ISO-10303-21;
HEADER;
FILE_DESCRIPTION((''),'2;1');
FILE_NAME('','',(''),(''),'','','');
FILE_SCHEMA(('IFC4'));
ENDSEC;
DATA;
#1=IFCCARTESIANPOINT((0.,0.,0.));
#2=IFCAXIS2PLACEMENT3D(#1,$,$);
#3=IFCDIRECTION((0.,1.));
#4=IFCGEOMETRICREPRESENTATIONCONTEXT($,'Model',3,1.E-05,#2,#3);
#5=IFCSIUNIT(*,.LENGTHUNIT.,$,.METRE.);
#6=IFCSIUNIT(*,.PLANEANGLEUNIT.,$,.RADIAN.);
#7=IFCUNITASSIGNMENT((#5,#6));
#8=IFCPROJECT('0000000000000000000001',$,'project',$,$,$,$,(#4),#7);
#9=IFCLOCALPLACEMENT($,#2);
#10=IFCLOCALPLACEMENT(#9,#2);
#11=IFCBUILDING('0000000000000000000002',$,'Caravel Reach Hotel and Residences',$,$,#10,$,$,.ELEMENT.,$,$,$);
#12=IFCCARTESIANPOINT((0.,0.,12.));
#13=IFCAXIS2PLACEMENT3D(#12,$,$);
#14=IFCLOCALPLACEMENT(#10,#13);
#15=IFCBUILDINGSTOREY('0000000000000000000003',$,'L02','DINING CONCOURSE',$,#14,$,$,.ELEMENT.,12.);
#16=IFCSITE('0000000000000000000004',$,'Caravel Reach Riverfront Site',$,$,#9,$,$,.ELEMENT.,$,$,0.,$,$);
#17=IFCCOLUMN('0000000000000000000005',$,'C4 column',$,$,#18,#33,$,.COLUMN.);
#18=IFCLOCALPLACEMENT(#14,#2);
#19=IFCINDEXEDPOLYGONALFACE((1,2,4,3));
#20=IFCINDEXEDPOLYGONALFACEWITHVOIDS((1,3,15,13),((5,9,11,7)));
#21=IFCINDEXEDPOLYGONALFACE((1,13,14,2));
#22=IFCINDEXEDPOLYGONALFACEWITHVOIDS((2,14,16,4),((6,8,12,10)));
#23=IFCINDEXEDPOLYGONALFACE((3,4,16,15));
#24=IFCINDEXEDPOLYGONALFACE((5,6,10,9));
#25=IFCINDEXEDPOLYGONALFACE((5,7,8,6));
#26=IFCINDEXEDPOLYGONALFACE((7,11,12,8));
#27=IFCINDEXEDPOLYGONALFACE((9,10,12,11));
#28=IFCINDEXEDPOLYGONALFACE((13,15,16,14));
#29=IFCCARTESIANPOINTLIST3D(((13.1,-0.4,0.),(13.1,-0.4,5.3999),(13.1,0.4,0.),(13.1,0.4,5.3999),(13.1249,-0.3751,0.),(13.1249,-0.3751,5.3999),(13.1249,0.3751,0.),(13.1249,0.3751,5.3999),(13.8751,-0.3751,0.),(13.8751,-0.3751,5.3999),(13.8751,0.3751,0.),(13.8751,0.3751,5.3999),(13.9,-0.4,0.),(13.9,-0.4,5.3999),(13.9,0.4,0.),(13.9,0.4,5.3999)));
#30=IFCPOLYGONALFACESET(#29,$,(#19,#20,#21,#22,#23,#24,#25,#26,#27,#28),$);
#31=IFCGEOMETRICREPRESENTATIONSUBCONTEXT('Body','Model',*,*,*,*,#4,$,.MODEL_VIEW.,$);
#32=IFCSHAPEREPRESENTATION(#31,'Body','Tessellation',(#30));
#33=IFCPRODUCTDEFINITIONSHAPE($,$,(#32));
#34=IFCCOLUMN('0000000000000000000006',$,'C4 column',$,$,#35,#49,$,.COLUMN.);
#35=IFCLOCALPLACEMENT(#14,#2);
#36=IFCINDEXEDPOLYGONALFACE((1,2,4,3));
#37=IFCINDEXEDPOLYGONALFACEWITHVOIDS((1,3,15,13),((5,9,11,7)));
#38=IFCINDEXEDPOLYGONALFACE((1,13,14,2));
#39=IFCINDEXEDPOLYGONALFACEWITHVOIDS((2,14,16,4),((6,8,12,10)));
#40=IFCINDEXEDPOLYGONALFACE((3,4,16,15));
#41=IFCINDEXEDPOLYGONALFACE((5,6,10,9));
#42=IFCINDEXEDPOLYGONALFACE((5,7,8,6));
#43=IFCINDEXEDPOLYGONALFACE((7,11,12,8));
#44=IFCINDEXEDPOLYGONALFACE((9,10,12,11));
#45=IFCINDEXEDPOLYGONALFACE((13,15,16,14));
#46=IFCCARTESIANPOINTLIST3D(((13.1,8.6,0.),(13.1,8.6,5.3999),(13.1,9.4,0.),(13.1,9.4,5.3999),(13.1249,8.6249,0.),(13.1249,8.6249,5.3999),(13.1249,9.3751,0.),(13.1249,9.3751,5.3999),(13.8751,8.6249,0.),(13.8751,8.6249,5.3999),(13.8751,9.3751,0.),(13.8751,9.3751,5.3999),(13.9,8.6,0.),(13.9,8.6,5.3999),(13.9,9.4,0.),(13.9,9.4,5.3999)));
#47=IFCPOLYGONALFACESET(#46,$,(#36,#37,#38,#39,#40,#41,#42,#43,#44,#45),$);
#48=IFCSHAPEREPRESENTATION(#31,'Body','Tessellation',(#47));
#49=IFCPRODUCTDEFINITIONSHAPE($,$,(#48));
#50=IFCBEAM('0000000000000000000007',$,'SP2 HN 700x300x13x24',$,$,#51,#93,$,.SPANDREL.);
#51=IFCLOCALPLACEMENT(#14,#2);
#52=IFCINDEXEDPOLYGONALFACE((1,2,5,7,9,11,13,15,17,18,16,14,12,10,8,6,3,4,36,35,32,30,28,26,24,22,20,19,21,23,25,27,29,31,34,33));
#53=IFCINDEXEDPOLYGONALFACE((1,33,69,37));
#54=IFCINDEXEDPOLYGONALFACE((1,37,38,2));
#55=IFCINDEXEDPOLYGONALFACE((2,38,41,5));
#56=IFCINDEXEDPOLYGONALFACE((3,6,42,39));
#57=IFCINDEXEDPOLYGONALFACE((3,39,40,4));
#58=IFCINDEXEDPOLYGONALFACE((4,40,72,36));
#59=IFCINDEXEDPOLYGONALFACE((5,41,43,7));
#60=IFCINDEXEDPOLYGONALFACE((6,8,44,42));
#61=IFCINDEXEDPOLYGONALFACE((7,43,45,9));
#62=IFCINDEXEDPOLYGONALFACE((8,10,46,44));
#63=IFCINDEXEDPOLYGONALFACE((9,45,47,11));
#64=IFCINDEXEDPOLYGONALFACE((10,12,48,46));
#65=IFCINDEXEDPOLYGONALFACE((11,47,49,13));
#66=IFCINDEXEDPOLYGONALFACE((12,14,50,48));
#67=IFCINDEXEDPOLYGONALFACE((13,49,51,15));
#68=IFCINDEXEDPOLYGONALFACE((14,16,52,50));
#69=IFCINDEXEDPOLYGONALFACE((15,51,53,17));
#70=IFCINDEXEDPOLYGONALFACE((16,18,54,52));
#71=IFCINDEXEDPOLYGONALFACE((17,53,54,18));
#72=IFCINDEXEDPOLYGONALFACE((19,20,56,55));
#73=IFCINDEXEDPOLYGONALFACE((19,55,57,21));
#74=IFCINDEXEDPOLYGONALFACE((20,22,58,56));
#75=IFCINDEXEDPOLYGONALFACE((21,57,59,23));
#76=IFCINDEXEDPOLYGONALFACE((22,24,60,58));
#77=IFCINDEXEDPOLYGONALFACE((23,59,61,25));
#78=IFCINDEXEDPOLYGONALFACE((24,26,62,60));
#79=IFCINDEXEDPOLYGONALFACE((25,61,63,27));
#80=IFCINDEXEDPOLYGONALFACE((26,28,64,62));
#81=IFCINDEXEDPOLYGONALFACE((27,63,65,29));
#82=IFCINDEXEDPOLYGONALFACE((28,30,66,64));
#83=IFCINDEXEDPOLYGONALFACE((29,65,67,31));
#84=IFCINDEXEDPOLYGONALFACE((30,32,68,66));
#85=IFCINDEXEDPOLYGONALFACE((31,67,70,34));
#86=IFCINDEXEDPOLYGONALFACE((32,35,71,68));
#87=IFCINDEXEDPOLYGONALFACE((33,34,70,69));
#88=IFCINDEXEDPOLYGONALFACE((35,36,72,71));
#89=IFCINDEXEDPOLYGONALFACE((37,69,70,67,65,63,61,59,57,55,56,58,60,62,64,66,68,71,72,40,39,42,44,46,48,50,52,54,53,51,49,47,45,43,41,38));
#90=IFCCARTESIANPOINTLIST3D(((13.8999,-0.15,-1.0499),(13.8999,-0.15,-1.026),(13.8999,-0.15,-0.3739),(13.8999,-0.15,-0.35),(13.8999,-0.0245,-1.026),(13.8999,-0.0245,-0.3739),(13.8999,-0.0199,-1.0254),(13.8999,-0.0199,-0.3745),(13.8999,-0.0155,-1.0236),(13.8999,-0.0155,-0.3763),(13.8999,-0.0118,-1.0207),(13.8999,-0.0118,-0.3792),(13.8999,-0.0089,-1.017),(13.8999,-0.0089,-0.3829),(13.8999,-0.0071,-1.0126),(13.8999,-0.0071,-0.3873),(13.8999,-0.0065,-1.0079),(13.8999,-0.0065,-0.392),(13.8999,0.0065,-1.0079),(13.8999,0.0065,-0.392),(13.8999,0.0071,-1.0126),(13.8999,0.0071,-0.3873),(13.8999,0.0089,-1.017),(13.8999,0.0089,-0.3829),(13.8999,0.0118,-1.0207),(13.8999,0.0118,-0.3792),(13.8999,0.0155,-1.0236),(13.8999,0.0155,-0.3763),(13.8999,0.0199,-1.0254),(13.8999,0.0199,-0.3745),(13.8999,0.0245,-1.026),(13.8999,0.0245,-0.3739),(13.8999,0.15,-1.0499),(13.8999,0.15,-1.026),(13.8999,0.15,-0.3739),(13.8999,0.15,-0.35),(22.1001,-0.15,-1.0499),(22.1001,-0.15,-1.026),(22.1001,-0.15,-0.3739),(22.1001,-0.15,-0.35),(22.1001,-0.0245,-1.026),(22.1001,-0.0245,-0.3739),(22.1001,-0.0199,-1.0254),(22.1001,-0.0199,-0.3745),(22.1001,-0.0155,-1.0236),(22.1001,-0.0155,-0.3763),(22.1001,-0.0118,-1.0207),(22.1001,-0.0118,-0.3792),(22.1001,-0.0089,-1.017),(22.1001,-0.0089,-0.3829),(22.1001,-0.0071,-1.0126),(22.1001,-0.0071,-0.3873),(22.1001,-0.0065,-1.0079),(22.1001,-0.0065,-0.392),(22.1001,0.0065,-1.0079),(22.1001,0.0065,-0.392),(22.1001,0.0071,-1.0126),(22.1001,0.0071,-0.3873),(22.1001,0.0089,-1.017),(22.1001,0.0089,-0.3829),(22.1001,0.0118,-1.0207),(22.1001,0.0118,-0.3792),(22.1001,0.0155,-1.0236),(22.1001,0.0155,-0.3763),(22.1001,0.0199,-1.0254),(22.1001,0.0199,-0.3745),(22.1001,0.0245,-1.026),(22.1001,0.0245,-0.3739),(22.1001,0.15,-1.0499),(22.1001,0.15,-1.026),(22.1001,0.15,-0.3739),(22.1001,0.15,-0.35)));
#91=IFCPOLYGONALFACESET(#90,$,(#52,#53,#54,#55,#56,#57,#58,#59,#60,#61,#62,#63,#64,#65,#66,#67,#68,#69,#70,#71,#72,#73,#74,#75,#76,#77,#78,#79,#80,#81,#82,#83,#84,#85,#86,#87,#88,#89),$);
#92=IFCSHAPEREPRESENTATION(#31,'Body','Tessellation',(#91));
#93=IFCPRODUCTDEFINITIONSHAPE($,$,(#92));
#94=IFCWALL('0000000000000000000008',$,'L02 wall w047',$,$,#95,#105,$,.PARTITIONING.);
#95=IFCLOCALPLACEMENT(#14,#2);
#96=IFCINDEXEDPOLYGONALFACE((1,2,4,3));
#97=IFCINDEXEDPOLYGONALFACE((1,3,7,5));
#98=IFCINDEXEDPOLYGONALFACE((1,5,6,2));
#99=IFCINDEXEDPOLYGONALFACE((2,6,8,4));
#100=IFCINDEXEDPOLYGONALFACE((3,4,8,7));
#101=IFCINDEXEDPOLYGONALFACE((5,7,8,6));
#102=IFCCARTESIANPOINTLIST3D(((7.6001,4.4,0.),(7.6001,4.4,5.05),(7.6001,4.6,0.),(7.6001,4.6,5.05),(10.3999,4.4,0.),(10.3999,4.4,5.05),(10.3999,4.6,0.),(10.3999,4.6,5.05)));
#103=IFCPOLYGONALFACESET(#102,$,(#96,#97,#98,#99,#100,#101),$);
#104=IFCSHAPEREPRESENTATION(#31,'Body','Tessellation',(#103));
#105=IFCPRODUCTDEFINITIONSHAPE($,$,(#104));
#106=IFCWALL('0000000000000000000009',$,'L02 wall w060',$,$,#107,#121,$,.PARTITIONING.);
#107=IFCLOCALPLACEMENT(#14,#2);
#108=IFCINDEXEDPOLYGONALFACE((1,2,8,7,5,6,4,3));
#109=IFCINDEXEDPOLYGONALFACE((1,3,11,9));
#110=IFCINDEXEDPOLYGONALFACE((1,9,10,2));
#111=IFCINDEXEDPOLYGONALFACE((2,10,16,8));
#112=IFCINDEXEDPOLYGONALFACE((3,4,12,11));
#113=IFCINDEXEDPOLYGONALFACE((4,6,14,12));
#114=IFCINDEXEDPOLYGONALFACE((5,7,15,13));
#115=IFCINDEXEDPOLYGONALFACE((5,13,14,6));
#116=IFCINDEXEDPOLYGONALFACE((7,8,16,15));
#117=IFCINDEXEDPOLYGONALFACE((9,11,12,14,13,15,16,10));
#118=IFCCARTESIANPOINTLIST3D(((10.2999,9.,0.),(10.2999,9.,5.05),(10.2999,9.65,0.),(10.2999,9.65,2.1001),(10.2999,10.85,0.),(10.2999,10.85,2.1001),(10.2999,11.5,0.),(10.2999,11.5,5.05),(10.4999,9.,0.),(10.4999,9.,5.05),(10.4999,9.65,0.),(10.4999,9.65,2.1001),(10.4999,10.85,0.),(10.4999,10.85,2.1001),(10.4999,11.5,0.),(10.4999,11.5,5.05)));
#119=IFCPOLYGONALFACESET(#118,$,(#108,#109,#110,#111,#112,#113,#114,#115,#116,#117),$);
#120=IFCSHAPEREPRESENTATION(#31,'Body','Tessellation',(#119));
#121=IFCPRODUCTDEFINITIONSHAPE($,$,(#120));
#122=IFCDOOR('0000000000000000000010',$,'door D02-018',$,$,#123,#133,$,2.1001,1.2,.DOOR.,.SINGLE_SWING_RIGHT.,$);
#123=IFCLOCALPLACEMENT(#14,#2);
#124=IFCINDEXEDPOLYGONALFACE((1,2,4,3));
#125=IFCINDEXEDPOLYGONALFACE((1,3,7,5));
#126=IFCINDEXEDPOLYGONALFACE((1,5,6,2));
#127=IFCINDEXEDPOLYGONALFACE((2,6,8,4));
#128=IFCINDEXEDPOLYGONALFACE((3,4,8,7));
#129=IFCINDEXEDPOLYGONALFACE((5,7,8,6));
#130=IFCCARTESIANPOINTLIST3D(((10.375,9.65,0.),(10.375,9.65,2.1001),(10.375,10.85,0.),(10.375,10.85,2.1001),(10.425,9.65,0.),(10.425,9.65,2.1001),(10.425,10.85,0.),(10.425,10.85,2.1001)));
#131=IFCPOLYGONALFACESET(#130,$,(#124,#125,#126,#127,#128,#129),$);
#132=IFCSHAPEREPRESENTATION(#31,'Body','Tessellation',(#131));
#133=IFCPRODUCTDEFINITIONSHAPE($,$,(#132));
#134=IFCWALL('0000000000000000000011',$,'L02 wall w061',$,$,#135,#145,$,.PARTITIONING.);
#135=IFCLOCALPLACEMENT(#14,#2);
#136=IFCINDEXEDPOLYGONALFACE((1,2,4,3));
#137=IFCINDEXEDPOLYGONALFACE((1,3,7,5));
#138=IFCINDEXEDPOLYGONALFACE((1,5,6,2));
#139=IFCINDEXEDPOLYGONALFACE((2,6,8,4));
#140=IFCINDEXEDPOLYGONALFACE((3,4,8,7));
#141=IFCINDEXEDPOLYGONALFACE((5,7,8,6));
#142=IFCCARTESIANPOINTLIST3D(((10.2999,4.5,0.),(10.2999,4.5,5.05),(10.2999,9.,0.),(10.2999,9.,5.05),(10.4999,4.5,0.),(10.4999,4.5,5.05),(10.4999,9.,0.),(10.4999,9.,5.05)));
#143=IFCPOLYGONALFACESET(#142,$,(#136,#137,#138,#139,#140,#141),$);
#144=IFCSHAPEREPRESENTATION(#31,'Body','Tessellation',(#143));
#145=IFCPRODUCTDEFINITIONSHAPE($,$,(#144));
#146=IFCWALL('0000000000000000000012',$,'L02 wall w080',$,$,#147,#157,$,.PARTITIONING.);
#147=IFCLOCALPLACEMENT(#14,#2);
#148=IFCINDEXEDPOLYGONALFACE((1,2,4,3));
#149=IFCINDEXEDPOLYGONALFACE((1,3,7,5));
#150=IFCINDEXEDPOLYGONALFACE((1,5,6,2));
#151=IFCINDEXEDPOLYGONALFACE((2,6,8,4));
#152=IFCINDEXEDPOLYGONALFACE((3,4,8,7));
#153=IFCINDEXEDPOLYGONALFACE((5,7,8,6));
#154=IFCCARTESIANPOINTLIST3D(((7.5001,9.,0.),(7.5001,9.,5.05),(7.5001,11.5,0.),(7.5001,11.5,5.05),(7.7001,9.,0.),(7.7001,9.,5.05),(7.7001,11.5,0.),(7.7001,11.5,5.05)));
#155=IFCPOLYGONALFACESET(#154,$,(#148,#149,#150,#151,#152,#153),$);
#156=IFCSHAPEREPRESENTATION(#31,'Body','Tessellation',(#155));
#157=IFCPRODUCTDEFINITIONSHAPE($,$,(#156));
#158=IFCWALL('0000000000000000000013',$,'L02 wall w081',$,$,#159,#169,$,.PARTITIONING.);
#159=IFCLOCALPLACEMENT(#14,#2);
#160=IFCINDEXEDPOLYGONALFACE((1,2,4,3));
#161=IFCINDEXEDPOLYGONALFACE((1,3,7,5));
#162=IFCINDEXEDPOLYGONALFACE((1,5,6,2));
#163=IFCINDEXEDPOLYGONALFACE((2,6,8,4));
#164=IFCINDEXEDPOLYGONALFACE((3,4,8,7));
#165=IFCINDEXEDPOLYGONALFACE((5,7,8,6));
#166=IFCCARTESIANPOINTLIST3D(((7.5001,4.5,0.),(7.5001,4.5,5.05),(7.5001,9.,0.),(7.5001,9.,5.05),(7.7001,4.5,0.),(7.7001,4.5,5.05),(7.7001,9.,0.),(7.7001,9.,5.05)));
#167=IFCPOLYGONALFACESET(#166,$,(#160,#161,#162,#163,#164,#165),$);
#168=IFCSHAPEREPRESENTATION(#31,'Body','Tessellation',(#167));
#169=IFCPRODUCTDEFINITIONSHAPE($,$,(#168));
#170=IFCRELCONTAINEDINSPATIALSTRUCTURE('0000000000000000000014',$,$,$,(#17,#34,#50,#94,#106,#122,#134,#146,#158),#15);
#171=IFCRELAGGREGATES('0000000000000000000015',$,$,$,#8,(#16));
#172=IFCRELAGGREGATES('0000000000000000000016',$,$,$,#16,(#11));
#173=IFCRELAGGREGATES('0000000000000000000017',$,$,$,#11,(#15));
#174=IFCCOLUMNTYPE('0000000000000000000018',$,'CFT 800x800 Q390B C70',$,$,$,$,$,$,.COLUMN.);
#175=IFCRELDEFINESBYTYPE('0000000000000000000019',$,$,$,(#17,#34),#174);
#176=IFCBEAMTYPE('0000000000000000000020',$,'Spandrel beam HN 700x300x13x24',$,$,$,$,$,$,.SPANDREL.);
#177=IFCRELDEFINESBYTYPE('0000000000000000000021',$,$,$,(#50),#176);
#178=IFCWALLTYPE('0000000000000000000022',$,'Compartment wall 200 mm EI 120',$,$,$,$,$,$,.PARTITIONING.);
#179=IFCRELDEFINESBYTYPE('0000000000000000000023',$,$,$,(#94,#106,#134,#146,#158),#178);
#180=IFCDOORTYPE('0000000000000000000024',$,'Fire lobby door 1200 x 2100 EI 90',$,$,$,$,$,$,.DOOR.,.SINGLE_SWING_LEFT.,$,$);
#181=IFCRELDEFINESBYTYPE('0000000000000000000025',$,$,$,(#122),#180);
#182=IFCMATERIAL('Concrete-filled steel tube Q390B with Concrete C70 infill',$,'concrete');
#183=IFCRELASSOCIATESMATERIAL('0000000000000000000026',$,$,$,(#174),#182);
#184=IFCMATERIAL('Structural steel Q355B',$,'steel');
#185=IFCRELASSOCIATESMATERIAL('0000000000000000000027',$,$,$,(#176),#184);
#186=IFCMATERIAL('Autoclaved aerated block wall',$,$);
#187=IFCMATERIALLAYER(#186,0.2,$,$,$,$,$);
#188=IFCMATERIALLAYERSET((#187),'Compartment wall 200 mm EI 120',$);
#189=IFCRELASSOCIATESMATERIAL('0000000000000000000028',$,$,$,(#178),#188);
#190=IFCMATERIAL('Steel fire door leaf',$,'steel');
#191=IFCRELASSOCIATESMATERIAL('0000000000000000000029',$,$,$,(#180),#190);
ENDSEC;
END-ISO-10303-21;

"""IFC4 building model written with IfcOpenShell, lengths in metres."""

from ifc_helpers import new_model, si_unit, direction, frame, frame_2d, origin, origin_2d, place, context, subcontext, project, spatial, rectangle, hollow_rectangle, i_section, extrude, material, layer, layer_set, material_profile, profile_set, type_object, element, fill, save


model = new_model("IFC4")

# Units and contexts
model_context = context("Model", 3, precision=1e-05, world=origin(), true_north=direction((0.0, 1.0)))
body_context = subcontext(model_context, "Body", "Model", "MODEL_VIEW")
ifc_project = project(units=[si_unit("LENGTHUNIT", "METRE"), si_unit("PLANEANGLEUNIT", "RADIAN")], contexts=[model_context])

# Site, building, storey
site_placement = place(None, origin())
site = spatial("IfcSite", under=ifc_project, at=site_placement, Name="Caravel Reach Riverfront Site", CompositionType="ELEMENT", RefElevation=0.0)
building_placement = place(site_placement, origin())
building = spatial("IfcBuilding", under=site, at=building_placement, Name="Caravel Reach Hotel and Residences", CompositionType="ELEMENT")
storey_placement = place(building_placement, frame((0.0, 0.0, 12.0)))
storey = spatial("IfcBuildingStorey", under=building, at=storey_placement, Name="L02", Description="DINING CONCOURSE", CompositionType="ELEMENT", Elevation=12.0)

# Columns
ifc_material_1 = material(Name="Concrete-filled steel tube Q390B with Concrete C70 infill", Category="concrete")
ifc_material_profile_1 = material_profile(ifc_material_1, hollow_rectangle(XDim=0.8, YDim=0.8, WallThickness=0.0249, at=origin_2d()), Name="RHS 800x800x25")
ifc_profile_set_1 = profile_set([ifc_material_profile_1], Name="Concrete-filled steel tube Q390B with Concrete C70 infill")
column_type = type_object("IfcColumnType", Name="CFT 800x800 Q390B C70", PredefinedType="COLUMN", material=ifc_profile_set_1)
for number, where, z_axis, x_axis, name in (
    (1, (13.5, 0.0, 0.0), (0.0, 0.0, 1.0), (1.0, 0.0, 0.0), "C4 column"),
    (2, (13.5, 9.0, 0.0), (0.0, 0.0, 1.0), (1.0, 0.0, 0.0), "C4 column"),
):
    element("IfcColumn", number, at=place(storey_placement, frame(where, z_axis=z_axis, x_axis=x_axis)), inside=storey, type_object=column_type, Name=name, PredefinedType="COLUMN", context=body_context, shape_type="SweptSolid", body=[
        extrude(hollow_rectangle(XDim=0.8, YDim=0.8, WallThickness=0.0249, at=origin_2d()), origin(), (0.0, 0.0, 1.0), 5.3999),
    ])

# Beam
ifc_material_2 = material(Name="Structural steel Q355B", Category="steel")
ifc_material_profile_2 = material_profile(ifc_material_2, i_section(OverallWidth=0.3, OverallDepth=0.7, WebThickness=0.0129, FlangeThickness=0.0239, FilletRadius=0.0181, at=origin_2d()), Name="HN 700x300x13x24")
ifc_profile_set_2 = profile_set([ifc_material_profile_2], Name="Structural steel Q355B")
beam_type = type_object("IfcBeamType", Name="Spandrel beam HN 700x300x13x24", PredefinedType="SPANDREL", material=ifc_profile_set_2)
beam_placement = place(storey_placement, frame((13.8999, 0.0, -0.7), z_axis=(1.0, 0.0, 0.0), x_axis=(0.0, 1.0, 0.0)))
element("IfcBeam", 3, at=beam_placement, inside=storey, type_object=beam_type, Name="SP2 HN 700x300x13x24", PredefinedType="SPANDREL", context=body_context, shape_type="SweptSolid", body=[
    extrude(i_section(OverallWidth=0.3, OverallDepth=0.7, WebThickness=0.0129, FlangeThickness=0.0239, FilletRadius=0.0181, at=origin_2d()), origin(), (0.0, 0.0, 1.0), 8.2002),
])

# Wall
ifc_material_3 = material(Name="Autoclaved aerated block wall")
ifc_layer_1 = layer(ifc_material_3, 0.2)
ifc_layer_set_1 = layer_set([ifc_layer_1], Name="Compartment wall 200 mm EI 120")
wall_type_1 = type_object("IfcWallType", Name="Compartment wall 200 mm EI 120", PredefinedType="PARTITIONING", material=ifc_layer_set_1)
wall_1_placement = place(storey_placement, frame((7.6001, 4.5, 0.0), z_axis=(0.0, 0.0, 1.0), x_axis=(1.0, 0.0, 0.0)))
element("IfcWall", 4, at=wall_1_placement, inside=storey, type_object=wall_type_1, Name="L02 wall w047", PredefinedType="PARTITIONING", context=body_context, shape_type="SweptSolid", body=[
    extrude(rectangle(XDim=2.7998, YDim=0.2, at=frame_2d((1.3999, 0.0))), origin(), (0.0, 0.0, 1.0), 5.05),
])

# Wall, opening, door
wall_2_placement = place(storey_placement, frame((10.3999, 9.0, 0.0), z_axis=(0.0, 0.0, 1.0), x_axis=(0.0, 1.0, 0.0)))
wall_2 = element("IfcWall", 5, at=wall_2_placement, inside=storey, type_object=wall_type_1, Name="L02 wall w060", PredefinedType="PARTITIONING", context=body_context, shape_type="SweptSolid", body=[
    extrude(rectangle(XDim=2.5, YDim=0.2, at=frame_2d((1.25, 0.0))), origin(), (0.0, 0.0, 1.0), 5.05),
])
opening_1_placement = place(wall_2_placement, frame((0.6499, 0.0, 0.0)))
opening_1 = element("IfcOpeningElement", 6, at=opening_1_placement, cuts=wall_2, PredefinedType="OPENING", context=body_context, shape_type="SweptSolid", body=[
    extrude(rectangle(XDim=1.2, YDim=2.1001, at=frame_2d((0.6001, 1.05))), frame((0.0, 0.1099, 0.0), z_axis=(0.0, -1.0, 0.0), x_axis=(1.0, 0.0, 0.0)), (0.0, 0.0, 1.0), 0.22),
])
ifc_material_4 = material(Name="Steel fire door leaf", Category="steel")
door_type_1 = type_object("IfcDoorType", Name="Fire lobby door 1200 x 2100 EI 90", OperationType="SINGLE_SWING_LEFT", PredefinedType="DOOR", material=ifc_material_4)
door_1_placement = place(opening_1_placement, origin())
door_1 = element("IfcDoor", 7, at=door_1_placement, inside=storey, type_object=door_type_1, Name="door D02-018", OperationType="SINGLE_SWING_RIGHT", OverallHeight=2.1001, OverallWidth=1.2, PredefinedType="DOOR", context=body_context, shape_type="SweptSolid", body=[
    extrude(rectangle(XDim=1.2, YDim=2.1001, at=frame_2d((0.6001, 1.05))), frame((0.0, 0.0249, 0.0), z_axis=(0.0, -1.0, 0.0), x_axis=(1.0, 0.0, 0.0)), (0.0, 0.0, 1.0), 0.05),
])
fill(opening_1, door_1)

# Walls
wall_3_placement = place(storey_placement, frame((10.3999, 4.5, 0.0), z_axis=(0.0, 0.0, 1.0), x_axis=(0.0, 1.0, 0.0)))
element("IfcWall", 8, at=wall_3_placement, inside=storey, type_object=wall_type_1, Name="L02 wall w061", PredefinedType="PARTITIONING", context=body_context, shape_type="SweptSolid", body=[
    extrude(rectangle(XDim=4.5, YDim=0.2, at=frame_2d((2.25, 0.0))), origin(), (0.0, 0.0, 1.0), 5.05),
])
wall_4_placement = place(storey_placement, frame((7.6001, 9.0, 0.0), z_axis=(0.0, 0.0, 1.0), x_axis=(0.0, 1.0, 0.0)))
element("IfcWall", 9, at=wall_4_placement, inside=storey, type_object=wall_type_1, Name="L02 wall w080", PredefinedType="PARTITIONING", context=body_context, shape_type="SweptSolid", body=[
    extrude(rectangle(XDim=2.5, YDim=0.2, at=frame_2d((1.25, 0.0))), origin(), (0.0, 0.0, 1.0), 5.05),
])
wall_5_placement = place(storey_placement, frame((7.6001, 4.5, 0.0), z_axis=(0.0, 0.0, 1.0), x_axis=(0.0, 1.0, 0.0)))
element("IfcWall", 10, at=wall_5_placement, inside=storey, type_object=wall_type_1, Name="L02 wall w081", PredefinedType="PARTITIONING", context=body_context, shape_type="SweptSolid", body=[
    extrude(rectangle(XDim=4.5, YDim=0.2, at=frame_2d((2.25, 0.0))), origin(), (0.0, 0.0, 1.0), 5.05),
])

save(model, "model.ifc")
